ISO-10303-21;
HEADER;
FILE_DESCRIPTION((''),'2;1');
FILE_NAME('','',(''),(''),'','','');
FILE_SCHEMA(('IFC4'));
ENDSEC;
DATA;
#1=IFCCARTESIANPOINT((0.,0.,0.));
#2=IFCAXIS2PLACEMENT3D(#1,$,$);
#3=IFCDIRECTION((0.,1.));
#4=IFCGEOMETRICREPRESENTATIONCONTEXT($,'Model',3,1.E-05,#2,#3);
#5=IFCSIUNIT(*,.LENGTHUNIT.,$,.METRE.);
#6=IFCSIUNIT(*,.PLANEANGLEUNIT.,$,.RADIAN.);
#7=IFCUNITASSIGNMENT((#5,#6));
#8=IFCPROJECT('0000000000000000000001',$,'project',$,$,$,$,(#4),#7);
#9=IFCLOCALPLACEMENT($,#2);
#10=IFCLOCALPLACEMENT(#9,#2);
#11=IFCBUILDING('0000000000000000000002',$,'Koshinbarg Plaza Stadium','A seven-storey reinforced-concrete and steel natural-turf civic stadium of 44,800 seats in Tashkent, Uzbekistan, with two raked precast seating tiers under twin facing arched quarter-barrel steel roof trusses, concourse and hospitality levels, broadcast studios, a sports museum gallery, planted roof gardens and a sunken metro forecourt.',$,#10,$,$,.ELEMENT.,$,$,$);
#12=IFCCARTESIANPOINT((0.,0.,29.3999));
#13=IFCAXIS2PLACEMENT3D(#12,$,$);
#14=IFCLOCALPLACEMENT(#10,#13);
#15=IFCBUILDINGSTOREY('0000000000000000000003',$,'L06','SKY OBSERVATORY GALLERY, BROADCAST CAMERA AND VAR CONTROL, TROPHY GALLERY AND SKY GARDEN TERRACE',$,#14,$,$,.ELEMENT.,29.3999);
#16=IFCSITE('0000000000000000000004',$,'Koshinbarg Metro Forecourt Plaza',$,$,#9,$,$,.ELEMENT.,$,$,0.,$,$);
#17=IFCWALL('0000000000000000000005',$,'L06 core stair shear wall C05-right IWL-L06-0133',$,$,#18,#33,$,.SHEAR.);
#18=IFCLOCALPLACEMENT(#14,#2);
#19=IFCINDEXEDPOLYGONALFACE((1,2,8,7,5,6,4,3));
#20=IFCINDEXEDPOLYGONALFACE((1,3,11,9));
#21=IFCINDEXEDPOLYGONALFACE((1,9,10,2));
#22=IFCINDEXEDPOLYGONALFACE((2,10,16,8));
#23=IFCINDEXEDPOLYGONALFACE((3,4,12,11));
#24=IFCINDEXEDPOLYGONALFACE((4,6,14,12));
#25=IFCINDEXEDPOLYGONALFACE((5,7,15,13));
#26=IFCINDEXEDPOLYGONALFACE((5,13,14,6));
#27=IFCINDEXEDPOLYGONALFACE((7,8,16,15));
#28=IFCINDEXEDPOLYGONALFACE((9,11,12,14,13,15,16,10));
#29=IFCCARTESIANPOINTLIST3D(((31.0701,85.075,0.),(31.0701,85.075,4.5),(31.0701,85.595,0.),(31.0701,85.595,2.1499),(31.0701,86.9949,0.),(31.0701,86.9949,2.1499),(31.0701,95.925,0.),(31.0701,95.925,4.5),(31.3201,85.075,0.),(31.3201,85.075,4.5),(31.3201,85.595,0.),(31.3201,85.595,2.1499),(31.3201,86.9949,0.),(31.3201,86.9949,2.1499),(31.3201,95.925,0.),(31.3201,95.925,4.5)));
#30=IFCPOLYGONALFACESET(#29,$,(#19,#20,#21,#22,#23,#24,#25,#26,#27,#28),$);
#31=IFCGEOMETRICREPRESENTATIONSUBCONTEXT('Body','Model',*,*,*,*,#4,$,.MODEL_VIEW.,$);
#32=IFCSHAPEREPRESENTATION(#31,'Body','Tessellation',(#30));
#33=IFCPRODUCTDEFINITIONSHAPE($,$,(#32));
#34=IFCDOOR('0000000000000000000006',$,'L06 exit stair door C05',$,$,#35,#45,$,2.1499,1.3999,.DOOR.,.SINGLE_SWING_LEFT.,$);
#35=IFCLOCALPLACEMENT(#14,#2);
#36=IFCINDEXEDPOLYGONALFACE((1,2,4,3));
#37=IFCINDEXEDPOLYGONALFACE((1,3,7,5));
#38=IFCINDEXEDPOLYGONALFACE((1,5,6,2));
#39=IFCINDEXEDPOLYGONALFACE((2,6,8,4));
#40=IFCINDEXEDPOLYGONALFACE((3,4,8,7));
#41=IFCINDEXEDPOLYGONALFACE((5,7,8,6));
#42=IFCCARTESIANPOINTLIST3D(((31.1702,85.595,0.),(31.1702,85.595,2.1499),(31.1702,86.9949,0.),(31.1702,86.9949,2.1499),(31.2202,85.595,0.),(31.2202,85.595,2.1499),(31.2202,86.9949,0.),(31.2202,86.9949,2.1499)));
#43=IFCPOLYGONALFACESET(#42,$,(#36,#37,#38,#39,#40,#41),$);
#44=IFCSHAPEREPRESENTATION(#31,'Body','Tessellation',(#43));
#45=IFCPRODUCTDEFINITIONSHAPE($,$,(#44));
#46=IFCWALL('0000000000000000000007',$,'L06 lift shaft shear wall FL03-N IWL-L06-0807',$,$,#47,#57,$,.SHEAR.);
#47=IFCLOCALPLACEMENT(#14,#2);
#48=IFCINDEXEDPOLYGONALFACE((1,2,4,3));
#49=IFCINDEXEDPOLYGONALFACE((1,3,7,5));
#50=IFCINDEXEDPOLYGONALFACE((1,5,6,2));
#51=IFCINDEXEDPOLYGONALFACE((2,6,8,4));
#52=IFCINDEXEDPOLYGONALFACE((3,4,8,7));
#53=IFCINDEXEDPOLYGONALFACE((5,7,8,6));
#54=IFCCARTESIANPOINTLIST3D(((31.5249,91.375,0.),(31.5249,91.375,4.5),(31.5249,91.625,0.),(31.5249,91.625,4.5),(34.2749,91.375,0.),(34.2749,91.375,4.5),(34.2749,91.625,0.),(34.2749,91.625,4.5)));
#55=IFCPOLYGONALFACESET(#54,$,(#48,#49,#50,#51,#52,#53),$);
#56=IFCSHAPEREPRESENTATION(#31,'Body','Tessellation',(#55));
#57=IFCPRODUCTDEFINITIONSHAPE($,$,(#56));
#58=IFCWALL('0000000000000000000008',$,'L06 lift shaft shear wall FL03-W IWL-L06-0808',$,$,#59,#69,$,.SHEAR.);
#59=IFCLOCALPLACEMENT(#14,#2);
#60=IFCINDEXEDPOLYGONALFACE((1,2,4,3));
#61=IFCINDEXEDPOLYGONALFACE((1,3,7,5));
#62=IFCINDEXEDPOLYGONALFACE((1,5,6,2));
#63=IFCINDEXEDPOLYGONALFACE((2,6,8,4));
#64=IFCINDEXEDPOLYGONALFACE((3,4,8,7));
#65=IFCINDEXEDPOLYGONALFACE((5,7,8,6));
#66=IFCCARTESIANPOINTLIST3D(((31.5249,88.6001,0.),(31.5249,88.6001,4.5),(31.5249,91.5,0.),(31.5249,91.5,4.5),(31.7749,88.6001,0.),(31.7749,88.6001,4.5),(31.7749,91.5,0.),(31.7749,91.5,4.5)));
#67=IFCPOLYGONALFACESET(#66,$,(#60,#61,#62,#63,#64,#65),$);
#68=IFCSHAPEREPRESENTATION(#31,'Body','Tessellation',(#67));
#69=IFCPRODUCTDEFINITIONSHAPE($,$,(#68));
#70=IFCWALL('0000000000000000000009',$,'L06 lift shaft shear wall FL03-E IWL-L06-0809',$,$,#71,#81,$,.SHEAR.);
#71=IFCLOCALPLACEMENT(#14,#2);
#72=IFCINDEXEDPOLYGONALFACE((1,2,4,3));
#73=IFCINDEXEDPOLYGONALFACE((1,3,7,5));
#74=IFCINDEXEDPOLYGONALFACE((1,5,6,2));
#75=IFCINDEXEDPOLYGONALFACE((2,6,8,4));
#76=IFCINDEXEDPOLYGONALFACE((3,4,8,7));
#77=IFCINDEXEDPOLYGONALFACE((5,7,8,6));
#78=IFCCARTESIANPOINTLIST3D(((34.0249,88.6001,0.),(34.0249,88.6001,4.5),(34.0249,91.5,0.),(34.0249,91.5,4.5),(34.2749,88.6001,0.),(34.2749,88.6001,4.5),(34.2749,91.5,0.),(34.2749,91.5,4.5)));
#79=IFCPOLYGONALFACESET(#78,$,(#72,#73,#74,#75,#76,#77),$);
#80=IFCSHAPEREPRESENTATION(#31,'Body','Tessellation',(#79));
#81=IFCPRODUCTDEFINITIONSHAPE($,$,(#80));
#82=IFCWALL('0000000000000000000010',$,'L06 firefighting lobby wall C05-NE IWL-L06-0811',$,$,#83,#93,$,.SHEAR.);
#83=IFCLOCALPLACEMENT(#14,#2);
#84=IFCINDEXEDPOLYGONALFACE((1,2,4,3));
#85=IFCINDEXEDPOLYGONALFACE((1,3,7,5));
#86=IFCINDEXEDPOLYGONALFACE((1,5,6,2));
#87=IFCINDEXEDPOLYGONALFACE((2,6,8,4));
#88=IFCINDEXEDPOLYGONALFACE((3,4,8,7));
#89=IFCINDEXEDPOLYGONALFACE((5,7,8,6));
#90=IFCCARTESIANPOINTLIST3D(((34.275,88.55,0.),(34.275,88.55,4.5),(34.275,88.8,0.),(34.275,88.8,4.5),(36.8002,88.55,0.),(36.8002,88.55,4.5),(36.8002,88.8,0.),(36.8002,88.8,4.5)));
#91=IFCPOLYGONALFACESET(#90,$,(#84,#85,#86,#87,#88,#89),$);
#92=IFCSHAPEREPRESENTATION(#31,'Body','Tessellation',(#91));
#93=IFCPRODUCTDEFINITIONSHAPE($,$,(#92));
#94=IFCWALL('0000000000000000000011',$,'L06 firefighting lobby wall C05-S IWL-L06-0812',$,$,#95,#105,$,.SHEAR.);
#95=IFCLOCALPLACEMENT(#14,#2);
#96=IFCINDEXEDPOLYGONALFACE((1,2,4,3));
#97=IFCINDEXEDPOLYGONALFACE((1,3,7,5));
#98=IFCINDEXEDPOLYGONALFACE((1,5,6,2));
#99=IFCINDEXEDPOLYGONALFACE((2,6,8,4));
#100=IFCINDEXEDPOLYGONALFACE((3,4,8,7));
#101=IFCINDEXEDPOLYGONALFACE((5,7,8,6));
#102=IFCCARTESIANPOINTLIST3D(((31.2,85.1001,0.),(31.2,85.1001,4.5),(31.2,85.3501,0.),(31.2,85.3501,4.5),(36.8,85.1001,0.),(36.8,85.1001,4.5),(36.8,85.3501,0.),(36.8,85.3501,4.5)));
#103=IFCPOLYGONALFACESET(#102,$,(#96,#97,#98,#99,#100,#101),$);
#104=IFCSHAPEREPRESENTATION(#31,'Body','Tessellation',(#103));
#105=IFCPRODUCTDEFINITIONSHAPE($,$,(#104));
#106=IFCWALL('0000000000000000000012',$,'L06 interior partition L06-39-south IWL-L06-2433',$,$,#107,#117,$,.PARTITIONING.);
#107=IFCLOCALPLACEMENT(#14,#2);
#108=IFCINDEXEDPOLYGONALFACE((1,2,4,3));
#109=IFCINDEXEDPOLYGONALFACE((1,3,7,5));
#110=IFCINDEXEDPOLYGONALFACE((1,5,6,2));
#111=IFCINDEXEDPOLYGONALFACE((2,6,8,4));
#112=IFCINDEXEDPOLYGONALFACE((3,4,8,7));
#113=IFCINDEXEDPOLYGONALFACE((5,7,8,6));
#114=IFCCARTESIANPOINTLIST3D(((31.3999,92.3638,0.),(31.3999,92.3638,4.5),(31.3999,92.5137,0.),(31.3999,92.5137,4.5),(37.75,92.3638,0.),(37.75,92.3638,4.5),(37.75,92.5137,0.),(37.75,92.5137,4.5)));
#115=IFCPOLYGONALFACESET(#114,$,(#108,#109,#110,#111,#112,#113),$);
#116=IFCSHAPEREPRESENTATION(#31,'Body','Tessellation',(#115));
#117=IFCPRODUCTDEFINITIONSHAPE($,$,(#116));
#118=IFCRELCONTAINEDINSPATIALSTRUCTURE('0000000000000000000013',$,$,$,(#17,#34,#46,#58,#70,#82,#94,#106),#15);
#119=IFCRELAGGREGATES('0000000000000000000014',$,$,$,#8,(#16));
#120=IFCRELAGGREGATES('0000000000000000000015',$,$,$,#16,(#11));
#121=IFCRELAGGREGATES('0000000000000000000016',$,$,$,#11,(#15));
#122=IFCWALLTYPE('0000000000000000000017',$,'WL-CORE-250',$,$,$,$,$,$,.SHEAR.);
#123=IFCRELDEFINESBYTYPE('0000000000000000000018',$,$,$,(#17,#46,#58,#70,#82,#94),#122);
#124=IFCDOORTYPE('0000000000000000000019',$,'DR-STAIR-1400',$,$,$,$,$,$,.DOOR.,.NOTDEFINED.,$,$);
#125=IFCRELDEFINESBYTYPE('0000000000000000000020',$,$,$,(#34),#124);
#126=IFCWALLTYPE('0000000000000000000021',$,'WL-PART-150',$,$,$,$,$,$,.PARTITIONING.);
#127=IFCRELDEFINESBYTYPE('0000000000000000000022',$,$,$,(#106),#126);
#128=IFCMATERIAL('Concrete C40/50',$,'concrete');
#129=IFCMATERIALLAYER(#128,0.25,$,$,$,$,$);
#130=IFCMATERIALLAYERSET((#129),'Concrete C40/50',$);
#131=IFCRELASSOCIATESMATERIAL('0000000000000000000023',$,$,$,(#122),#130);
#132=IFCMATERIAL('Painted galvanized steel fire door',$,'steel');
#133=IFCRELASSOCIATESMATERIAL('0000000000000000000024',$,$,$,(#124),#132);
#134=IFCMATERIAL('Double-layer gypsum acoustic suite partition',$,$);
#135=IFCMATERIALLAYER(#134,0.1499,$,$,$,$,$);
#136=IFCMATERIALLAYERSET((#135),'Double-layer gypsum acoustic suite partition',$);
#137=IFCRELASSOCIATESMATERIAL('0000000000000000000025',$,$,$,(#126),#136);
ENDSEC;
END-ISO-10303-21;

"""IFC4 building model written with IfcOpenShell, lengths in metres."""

from ifc_helpers import new_model, si_unit, direction, frame, frame_2d, origin, place, context, subcontext, project, spatial, rectangle, extrude, material, layer, layer_set, type_object, element, fill, save


model = new_model("IFC4")

# Units and contexts
model_context = context("Model", 3, precision=1e-05, world=origin(), true_north=direction((0.0, 1.0)))
body_context = subcontext(model_context, "Body", "Model", "MODEL_VIEW")
ifc_project = project(units=[si_unit("LENGTHUNIT", "METRE"), si_unit("PLANEANGLEUNIT", "RADIAN")], contexts=[model_context])

# Site, building, storey
site_placement = place(None, origin())
site = spatial("IfcSite", under=ifc_project, at=site_placement, Name="Koshinbarg Metro Forecourt Plaza", CompositionType="ELEMENT", RefElevation=0.0)
building_placement = place(site_placement, origin())
building = spatial("IfcBuilding", under=site, at=building_placement, Name="Koshinbarg Plaza Stadium", Description="A seven-storey reinforced-concrete and steel natural-turf civic stadium of 44,800 seats in Tashkent, Uzbekistan, with two raked precast seating tiers under twin facing arched quarter-barrel steel roof trusses, concourse and hospitality levels, broadcast studios, a sports museum gallery, planted roof gardens and a sunken metro forecourt.", CompositionType="ELEMENT")
storey_placement = place(building_placement, frame((0.0, 0.0, 29.3999)))
storey = spatial("IfcBuildingStorey", under=building, at=storey_placement, Name="L06", Description="SKY OBSERVATORY GALLERY, BROADCAST CAMERA AND VAR CONTROL, TROPHY GALLERY AND SKY GARDEN TERRACE", CompositionType="ELEMENT", Elevation=29.3999)

# Shared definitions
ifc_material_1 = material(Name="Concrete C40/50", Category="concrete")

# Shared definitions
ifc_layer_1 = layer(ifc_material_1, 0.25)
ifc_layer_set_1 = layer_set([ifc_layer_1], Name="Concrete C40/50")
wall_type_1 = type_object("IfcWallType", Name="WL-CORE-250", PredefinedType="SHEAR", material=ifc_layer_set_1)

# Wall, opening, door
wall_1_placement = place(storey_placement, frame((31.1951, 85.075, 0.0), z_axis=(0.0, 0.0, 1.0), x_axis=(0.0, 1.0, 0.0)))
wall_1 = element("IfcWall", 1, at=wall_1_placement, inside=storey, type_object=wall_type_1, Name="L06 core stair shear wall C05-right IWL-L06-0133", PredefinedType="SHEAR", context=body_context, shape_type="SweptSolid", body=[
    extrude(rectangle(XDim=10.8501, YDim=0.25, at=frame_2d((5.425, 0.0))), origin(), (0.0, 0.0, 1.0), 4.5),
])
opening_1_placement = place(wall_1_placement, frame((0.52, 0.0, 0.0)))
opening_1 = element("IfcOpeningElement", 2, at=opening_1_placement, cuts=wall_1, PredefinedType="OPENING", context=body_context, shape_type="SweptSolid", body=[
    extrude(rectangle(XDim=1.3999, YDim=2.1499, at=frame_2d((0.7, 1.075))), frame((0.0, 0.135, 0.0), z_axis=(0.0, -1.0, 0.0), x_axis=(1.0, 0.0, 0.0)), (0.0, 0.0, 1.0), 0.27),
])
ifc_material_2 = material(Name="Painted galvanized steel fire door", Category="steel")
door_type_1 = type_object("IfcDoorType", Name="DR-STAIR-1400", OperationType="NOTDEFINED", PredefinedType="DOOR", material=ifc_material_2)
door_1_placement = place(opening_1_placement, origin())
door_1 = element("IfcDoor", 3, at=door_1_placement, inside=storey, type_object=door_type_1, Name="L06 exit stair door C05", OperationType="SINGLE_SWING_LEFT", OverallHeight=2.1499, OverallWidth=1.3999, PredefinedType="DOOR", context=body_context, shape_type="SweptSolid", body=[
    extrude(rectangle(XDim=1.3999, YDim=2.1499, at=frame_2d((0.7, 1.075))), frame((0.0, 0.0249, 0.0), z_axis=(0.0, -1.0, 0.0), x_axis=(1.0, 0.0, 0.0)), (0.0, 0.0, 1.0), 0.05),
])
fill(opening_1, door_1)

# Walls
wall_2_placement = place(storey_placement, frame((34.2749, 91.5, 0.0), z_axis=(0.0, 0.0, 1.0), x_axis=(-1.0, 0.0, 0.0)))
element("IfcWall", 4, at=wall_2_placement, inside=storey, type_object=wall_type_1, Name="L06 lift shaft shear wall FL03-N IWL-L06-0807", PredefinedType="SHEAR", context=body_context, shape_type="SweptSolid", body=[
    extrude(rectangle(XDim=2.75, YDim=0.25, at=frame_2d((1.375, 0.0))), origin(), (0.0, 0.0, 1.0), 4.5),
])
for number, where, z_axis, x_axis, name in (
    (5, (31.6499, 91.5, 0.0), (0.0, 0.0, 1.0), (0.0, -1.0, 0.0), "L06 lift shaft shear wall FL03-W IWL-L06-0808"),
    (6, (34.1499, 88.6001, 0.0), (0.0, 0.0, 1.0), (0.0, 1.0, 0.0), "L06 lift shaft shear wall FL03-E IWL-L06-0809"),
):
    element("IfcWall", number, at=place(storey_placement, frame(where, z_axis=z_axis, x_axis=x_axis)), inside=storey, type_object=wall_type_1, Name=name, PredefinedType="SHEAR", context=body_context, shape_type="SweptSolid", body=[
        extrude(rectangle(XDim=2.8999, YDim=0.25, at=frame_2d((1.45, 0.0))), origin(), (0.0, 0.0, 1.0), 4.5),
    ])
wall_3_placement = place(storey_placement, frame((34.2749, 88.675, 0.0), z_axis=(0.0, 0.0, 1.0), x_axis=(1.0, 0.0, 0.0)))
element("IfcWall", 7, at=wall_3_placement, inside=storey, type_object=wall_type_1, Name="L06 firefighting lobby wall C05-NE IWL-L06-0811", PredefinedType="SHEAR", context=body_context, shape_type="SweptSolid", body=[
    extrude(rectangle(XDim=2.5251, YDim=0.25, at=frame_2d((1.2627, 0.0))), origin(), (0.0, 0.0, 1.0), 4.5),
])
wall_4_placement = place(storey_placement, frame((31.2, 85.2251, 0.0), z_axis=(0.0, 0.0, 1.0), x_axis=(1.0, 0.0, 0.0)))
element("IfcWall", 8, at=wall_4_placement, inside=storey, type_object=wall_type_1, Name="L06 firefighting lobby wall C05-S IWL-L06-0812", PredefinedType="SHEAR", context=body_context, shape_type="SweptSolid", body=[
    extrude(rectangle(XDim=5.6001, YDim=0.25, at=frame_2d((2.8, 0.0))), origin(), (0.0, 0.0, 1.0), 4.5),
])
ifc_material_3 = material(Name="Double-layer gypsum acoustic suite partition")
ifc_layer_2 = layer(ifc_material_3, 0.1499)
ifc_layer_set_2 = layer_set([ifc_layer_2], Name="Double-layer gypsum acoustic suite partition")
wall_type_2 = type_object("IfcWallType", Name="WL-PART-150", PredefinedType="PARTITIONING", material=ifc_layer_set_2)
wall_5_placement = place(storey_placement, frame((31.3999, 92.4387, 0.0), z_axis=(0.0, 0.0, 1.0), x_axis=(1.0, 0.0, 0.0)))
element("IfcWall", 9, at=wall_5_placement, inside=storey, type_object=wall_type_2, Name="L06 interior partition L06-39-south IWL-L06-2433", PredefinedType="PARTITIONING", context=body_context, shape_type="SweptSolid", body=[
    extrude(rectangle(XDim=6.3501, YDim=0.1499, at=frame_2d((3.175, 0.0))), origin(), (0.0, 0.0, 1.0), 4.5),
])

save(model, "model.ifc")
